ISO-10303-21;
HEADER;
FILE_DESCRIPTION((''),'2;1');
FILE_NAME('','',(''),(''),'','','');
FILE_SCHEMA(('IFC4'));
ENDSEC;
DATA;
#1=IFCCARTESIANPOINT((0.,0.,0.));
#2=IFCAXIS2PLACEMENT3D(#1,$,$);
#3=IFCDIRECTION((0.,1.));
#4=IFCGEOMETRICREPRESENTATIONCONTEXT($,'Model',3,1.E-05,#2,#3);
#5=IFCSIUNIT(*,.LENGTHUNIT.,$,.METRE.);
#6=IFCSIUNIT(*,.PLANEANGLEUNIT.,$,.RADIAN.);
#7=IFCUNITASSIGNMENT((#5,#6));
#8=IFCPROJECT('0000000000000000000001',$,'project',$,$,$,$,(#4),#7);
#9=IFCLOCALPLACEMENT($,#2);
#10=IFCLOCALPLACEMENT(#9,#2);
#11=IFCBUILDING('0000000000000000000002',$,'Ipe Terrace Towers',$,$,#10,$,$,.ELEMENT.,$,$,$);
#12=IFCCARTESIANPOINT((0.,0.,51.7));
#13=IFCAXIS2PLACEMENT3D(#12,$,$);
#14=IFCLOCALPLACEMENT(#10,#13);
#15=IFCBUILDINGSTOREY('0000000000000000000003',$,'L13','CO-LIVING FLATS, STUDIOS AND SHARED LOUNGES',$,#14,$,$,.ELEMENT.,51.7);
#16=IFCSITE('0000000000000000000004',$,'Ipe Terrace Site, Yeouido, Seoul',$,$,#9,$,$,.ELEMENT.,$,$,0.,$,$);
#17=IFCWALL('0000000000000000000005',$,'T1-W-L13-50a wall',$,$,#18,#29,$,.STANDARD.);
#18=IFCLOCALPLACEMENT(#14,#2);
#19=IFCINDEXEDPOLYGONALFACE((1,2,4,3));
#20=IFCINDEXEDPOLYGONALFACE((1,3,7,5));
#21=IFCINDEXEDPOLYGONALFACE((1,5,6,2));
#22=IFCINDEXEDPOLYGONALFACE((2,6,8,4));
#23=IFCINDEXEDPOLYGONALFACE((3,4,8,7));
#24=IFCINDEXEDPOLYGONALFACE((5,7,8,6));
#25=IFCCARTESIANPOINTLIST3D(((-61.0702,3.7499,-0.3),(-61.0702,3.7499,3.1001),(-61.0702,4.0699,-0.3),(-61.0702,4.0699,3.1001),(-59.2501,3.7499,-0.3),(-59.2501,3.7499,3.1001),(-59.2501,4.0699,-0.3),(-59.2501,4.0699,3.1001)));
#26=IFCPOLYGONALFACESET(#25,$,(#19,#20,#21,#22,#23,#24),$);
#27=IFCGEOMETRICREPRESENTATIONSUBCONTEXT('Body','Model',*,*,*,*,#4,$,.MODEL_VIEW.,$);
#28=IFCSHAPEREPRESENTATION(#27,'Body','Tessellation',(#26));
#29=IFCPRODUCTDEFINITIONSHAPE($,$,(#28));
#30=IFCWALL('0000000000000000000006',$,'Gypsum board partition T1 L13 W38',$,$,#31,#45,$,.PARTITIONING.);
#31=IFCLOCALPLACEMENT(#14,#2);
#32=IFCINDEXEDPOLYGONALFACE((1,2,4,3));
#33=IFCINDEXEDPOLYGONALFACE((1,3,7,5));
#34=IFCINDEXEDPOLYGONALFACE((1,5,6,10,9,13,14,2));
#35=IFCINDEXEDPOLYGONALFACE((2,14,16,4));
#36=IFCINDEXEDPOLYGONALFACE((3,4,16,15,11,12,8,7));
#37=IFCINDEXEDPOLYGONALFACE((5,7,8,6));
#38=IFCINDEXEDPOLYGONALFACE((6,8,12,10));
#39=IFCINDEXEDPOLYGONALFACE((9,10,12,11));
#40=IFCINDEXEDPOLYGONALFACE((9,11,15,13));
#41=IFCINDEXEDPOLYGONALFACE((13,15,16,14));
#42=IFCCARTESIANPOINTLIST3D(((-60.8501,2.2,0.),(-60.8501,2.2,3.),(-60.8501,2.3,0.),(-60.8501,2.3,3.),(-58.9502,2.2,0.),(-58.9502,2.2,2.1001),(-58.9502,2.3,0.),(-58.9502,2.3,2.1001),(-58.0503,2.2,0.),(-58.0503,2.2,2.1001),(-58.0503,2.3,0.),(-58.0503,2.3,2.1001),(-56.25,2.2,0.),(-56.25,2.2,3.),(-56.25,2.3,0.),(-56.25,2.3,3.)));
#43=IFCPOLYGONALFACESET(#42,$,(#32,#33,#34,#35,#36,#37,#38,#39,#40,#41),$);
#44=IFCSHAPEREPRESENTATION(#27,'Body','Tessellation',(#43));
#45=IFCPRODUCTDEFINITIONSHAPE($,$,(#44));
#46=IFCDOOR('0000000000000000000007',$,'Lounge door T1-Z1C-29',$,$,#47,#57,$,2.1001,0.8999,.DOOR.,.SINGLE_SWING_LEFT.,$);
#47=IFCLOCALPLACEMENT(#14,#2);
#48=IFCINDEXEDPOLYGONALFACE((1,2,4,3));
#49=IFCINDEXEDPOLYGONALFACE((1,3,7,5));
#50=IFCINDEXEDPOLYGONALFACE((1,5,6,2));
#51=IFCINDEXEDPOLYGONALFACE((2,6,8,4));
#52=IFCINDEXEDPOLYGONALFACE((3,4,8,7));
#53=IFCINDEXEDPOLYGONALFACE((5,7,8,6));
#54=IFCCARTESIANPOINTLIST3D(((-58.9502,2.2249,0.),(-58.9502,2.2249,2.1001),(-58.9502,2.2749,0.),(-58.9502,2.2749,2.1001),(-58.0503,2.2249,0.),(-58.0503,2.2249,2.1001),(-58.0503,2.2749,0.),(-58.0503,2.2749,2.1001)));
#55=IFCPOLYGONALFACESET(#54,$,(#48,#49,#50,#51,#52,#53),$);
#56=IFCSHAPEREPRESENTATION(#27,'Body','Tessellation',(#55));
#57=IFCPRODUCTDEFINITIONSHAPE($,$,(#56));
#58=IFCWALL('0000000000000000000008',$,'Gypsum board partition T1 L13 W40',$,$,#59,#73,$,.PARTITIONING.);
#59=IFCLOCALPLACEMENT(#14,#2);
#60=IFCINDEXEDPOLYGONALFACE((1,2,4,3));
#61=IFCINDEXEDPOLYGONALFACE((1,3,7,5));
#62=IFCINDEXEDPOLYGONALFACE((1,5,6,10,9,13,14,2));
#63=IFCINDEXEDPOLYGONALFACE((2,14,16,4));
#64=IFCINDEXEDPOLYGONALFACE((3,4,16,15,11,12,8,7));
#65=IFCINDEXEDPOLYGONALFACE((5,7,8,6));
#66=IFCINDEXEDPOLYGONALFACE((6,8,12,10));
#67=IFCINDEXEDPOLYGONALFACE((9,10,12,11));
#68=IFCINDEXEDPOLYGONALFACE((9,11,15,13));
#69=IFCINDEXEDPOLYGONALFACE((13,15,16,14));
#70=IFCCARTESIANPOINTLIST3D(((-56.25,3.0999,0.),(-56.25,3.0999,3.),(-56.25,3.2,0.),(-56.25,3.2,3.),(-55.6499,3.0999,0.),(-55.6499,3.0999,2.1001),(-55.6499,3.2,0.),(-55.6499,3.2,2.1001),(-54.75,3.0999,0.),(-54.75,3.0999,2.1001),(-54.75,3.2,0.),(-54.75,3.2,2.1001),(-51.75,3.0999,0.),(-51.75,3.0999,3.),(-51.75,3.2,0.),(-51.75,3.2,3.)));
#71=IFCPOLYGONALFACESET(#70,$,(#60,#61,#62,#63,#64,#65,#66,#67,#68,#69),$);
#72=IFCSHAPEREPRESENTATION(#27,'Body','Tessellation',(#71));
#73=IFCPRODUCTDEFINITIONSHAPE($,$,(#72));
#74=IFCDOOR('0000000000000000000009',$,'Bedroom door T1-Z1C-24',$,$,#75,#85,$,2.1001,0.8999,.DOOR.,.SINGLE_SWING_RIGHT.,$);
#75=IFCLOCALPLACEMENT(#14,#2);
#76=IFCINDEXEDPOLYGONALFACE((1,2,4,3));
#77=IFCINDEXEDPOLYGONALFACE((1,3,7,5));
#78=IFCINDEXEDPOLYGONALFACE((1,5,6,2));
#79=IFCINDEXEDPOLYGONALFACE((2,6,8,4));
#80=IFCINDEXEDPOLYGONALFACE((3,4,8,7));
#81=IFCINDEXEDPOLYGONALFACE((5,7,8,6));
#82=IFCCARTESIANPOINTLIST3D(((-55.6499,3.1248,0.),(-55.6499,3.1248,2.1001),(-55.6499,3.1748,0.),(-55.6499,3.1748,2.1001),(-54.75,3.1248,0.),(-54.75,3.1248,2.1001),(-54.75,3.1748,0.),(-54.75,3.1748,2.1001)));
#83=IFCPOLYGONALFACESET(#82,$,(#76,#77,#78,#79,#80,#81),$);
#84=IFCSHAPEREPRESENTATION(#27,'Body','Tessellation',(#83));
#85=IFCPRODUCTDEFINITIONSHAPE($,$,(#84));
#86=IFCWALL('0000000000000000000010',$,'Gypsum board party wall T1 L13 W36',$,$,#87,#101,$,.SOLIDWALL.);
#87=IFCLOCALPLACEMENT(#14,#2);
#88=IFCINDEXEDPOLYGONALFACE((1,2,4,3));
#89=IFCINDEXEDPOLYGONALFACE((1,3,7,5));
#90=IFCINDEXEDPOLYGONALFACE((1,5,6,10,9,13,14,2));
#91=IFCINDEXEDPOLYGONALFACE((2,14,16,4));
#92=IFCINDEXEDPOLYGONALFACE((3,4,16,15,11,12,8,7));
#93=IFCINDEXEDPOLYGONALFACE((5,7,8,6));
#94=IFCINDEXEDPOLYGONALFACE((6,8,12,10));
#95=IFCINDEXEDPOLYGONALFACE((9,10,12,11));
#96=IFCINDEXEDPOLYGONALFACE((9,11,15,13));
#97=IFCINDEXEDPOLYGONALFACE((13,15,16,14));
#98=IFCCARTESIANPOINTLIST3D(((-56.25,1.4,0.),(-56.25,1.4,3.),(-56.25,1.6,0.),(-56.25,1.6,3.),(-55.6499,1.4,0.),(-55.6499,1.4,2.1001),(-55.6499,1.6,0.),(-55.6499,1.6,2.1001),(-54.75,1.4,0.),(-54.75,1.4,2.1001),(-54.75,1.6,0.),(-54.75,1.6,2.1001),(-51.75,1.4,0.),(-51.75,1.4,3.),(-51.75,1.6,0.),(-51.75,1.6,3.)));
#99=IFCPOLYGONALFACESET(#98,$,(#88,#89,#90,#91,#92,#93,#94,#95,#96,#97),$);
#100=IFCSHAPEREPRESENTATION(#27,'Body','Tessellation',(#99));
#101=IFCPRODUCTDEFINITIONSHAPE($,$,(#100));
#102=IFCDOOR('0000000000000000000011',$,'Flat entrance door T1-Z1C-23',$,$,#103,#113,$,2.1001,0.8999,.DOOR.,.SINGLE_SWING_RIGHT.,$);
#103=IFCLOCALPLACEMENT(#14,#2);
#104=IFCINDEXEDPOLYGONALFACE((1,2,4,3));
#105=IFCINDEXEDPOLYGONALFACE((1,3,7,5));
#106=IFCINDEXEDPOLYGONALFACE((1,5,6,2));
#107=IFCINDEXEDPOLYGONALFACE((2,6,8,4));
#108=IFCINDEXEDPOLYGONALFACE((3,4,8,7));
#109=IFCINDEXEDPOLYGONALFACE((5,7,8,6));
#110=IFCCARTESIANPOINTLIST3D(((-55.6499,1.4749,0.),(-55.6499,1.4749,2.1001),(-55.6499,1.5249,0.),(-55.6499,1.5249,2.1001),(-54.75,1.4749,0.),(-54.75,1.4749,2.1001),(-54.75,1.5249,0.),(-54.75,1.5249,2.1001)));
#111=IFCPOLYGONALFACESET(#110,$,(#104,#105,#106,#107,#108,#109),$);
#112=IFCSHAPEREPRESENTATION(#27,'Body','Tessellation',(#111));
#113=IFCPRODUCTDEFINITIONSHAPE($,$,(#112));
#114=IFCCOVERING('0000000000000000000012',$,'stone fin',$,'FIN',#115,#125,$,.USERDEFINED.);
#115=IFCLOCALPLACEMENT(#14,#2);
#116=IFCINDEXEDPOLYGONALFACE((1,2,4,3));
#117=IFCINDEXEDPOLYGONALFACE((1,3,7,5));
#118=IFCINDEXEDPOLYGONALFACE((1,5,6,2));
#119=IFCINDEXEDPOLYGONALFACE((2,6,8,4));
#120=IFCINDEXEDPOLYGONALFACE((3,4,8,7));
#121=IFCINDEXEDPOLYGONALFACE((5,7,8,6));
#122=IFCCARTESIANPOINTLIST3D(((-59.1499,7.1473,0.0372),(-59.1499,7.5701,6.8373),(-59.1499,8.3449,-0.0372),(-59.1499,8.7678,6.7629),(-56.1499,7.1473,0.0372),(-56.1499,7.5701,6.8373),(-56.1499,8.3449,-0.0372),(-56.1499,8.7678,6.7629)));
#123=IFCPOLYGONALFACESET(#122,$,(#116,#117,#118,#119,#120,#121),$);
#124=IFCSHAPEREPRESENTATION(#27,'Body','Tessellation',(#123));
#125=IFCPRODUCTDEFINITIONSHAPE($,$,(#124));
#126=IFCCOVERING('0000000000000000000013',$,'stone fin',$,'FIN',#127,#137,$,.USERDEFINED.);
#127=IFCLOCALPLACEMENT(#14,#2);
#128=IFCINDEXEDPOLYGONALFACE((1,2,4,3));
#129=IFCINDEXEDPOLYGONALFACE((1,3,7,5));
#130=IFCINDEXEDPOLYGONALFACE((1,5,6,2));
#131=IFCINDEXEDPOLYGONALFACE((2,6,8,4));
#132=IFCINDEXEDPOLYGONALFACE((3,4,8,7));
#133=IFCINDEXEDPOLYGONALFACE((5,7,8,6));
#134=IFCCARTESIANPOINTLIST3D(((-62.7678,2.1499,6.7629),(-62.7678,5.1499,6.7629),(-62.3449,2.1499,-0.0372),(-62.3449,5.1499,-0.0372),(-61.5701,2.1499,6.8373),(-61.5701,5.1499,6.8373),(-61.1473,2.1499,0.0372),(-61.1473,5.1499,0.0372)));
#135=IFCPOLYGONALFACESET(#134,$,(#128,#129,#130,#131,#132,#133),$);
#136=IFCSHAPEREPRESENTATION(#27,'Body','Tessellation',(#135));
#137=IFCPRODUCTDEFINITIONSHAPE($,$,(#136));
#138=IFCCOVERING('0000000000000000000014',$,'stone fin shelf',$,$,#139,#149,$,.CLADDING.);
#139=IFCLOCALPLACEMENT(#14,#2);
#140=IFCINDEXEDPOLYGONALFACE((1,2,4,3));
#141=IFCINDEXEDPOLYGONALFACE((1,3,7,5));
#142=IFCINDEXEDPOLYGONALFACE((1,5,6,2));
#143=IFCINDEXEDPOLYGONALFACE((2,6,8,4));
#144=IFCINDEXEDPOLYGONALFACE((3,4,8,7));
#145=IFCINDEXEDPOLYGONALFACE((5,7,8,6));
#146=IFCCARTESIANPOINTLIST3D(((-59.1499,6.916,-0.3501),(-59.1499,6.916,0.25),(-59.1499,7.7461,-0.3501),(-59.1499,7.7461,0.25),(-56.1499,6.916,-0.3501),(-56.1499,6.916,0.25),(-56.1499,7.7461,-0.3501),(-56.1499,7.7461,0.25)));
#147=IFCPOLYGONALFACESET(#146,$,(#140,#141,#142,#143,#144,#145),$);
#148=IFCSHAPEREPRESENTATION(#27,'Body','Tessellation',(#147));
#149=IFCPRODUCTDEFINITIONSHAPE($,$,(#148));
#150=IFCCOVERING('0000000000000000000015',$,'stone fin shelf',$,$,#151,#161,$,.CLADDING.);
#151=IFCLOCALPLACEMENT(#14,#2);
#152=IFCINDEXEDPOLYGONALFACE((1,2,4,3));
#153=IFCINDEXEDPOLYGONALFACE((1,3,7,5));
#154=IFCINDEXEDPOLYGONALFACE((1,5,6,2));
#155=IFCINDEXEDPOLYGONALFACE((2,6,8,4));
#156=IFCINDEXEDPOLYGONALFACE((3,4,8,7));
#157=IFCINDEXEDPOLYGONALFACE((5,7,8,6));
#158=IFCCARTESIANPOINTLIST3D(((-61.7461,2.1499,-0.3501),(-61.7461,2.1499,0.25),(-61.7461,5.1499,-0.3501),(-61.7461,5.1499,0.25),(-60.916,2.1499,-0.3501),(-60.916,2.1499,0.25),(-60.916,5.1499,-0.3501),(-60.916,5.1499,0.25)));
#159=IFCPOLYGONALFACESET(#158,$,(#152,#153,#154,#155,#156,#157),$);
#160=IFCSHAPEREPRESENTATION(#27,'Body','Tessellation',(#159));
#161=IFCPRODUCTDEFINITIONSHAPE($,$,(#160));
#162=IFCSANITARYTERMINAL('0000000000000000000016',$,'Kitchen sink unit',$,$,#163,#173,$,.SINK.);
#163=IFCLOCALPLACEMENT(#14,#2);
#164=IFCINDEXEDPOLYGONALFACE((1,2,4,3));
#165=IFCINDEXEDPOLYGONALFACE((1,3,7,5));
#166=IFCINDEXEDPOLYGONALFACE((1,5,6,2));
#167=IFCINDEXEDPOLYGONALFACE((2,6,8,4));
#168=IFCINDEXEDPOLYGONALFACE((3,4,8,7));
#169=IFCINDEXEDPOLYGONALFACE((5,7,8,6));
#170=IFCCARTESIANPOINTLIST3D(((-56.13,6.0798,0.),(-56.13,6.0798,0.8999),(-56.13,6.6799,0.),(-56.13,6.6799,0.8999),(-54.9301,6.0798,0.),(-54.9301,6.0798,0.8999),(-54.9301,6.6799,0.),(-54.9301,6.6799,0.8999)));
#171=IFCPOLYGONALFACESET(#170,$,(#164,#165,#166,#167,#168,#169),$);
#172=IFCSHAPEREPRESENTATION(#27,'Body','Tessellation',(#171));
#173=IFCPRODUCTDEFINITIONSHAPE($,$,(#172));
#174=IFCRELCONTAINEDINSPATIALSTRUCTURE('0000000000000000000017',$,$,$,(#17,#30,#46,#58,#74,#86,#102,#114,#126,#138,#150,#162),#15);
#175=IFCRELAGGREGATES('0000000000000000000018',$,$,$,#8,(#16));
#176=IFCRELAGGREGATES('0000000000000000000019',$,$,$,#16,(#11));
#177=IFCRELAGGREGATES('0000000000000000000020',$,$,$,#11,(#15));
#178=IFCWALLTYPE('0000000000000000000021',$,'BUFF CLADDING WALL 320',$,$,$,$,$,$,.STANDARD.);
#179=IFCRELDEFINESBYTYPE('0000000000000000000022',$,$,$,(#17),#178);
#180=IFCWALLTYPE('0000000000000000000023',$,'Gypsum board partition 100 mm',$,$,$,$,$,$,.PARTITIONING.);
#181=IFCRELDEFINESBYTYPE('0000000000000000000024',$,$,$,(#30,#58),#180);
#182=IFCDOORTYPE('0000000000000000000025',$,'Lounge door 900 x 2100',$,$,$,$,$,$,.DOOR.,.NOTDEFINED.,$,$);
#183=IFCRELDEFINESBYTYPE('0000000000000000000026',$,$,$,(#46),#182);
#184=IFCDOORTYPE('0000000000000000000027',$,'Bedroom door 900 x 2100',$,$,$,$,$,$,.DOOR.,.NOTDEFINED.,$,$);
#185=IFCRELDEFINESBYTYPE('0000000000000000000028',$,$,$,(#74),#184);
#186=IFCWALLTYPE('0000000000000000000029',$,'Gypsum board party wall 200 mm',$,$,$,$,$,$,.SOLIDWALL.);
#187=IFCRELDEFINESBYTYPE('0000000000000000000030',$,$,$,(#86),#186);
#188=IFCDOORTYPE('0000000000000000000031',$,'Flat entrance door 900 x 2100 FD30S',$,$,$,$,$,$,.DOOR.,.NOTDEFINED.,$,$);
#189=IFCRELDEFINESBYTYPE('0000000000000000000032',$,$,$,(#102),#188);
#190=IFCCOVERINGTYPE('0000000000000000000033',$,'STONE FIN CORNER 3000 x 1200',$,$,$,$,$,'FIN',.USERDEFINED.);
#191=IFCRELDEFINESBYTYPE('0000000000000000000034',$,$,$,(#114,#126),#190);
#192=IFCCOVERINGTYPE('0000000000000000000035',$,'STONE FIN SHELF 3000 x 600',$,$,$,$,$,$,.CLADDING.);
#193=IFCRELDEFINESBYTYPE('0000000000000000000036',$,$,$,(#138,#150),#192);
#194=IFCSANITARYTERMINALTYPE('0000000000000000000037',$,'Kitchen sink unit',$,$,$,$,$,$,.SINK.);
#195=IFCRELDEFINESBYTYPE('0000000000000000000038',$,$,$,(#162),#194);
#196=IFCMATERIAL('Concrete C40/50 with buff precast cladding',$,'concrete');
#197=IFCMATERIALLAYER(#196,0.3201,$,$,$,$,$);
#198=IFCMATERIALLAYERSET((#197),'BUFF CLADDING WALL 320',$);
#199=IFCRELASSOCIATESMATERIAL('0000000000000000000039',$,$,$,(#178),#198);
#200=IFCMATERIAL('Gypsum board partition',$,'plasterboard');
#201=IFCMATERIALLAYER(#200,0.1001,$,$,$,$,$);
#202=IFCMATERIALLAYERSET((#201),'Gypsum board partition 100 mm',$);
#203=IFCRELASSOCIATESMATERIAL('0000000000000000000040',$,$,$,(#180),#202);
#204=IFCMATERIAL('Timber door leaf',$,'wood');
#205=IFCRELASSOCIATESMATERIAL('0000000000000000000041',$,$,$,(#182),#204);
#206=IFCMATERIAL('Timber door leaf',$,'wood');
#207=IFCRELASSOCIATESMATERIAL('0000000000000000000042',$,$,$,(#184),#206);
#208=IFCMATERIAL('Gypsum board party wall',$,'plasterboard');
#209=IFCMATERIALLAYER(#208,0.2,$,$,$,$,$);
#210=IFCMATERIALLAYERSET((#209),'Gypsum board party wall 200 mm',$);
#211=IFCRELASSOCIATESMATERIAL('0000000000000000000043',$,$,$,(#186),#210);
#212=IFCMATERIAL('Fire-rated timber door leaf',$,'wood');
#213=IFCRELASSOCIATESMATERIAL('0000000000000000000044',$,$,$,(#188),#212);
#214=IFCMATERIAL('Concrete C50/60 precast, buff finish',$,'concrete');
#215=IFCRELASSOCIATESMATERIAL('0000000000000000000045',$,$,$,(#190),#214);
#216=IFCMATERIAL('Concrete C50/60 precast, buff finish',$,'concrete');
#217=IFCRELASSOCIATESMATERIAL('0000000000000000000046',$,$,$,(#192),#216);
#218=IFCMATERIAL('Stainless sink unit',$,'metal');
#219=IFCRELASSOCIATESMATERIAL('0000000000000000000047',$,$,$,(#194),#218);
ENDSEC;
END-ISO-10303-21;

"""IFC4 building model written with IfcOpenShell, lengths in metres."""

from ifc_helpers import new_model, si_unit, direction, frame, frame_2d, origin, origin_2d, place, context, subcontext, project, spatial, rectangle, extrude, material, layer, layer_set, material_profile, profile_set, type_object, element, fill, save


model = new_model("IFC4")

# Units and contexts
model_context = context("Model", 3, precision=1e-05, world=origin(), true_north=direction((0.0, 1.0)))
body_context = subcontext(model_context, "Body", "Model", "MODEL_VIEW")
ifc_project = project(units=[si_unit("LENGTHUNIT", "METRE"), si_unit("PLANEANGLEUNIT", "RADIAN")], contexts=[model_context])

# Site, building, storey
site_placement = place(None, origin())
site = spatial("IfcSite", under=ifc_project, at=site_placement, Name="Ipe Terrace Site, Yeouido, Seoul", CompositionType="ELEMENT", RefElevation=0.0)
building_placement = place(site_placement, origin())
building = spatial("IfcBuilding", under=site, at=building_placement, Name="Ipe Terrace Towers", CompositionType="ELEMENT")
storey_placement = place(building_placement, frame((0.0, 0.0, 51.7)))
storey = spatial("IfcBuildingStorey", under=building, at=storey_placement, Name="L13", Description="CO-LIVING FLATS, STUDIOS AND SHARED LOUNGES", CompositionType="ELEMENT", Elevation=51.7)

# Wall
ifc_material_1 = material(Name="Concrete C40/50 with buff precast cladding", Category="concrete")
ifc_layer_1 = layer(ifc_material_1, 0.3201)
ifc_layer_set_1 = layer_set([ifc_layer_1], Name="BUFF CLADDING WALL 320")
wall_type_1 = type_object("IfcWallType", Name="BUFF CLADDING WALL 320", PredefinedType="STANDARD", material=ifc_layer_set_1)
wall_1_placement = place(storey_placement, frame((-59.25, 3.9099, -0.3), z_axis=(0.0, 0.0, 1.0), x_axis=(-1.0, 0.0, 0.0)))
element("IfcWall", 1, at=wall_1_placement, inside=storey, type_object=wall_type_1, Name="T1-W-L13-50a wall", PredefinedType="STANDARD", context=body_context, shape_type="SweptSolid", body=[
    extrude(rectangle(XDim=1.8201, YDim=0.3201, at=frame_2d((0.9102, 0.0))), origin(), (0.0, 0.0, 1.0), 3.4001),
])

# Walls, openings, doors
ifc_material_2 = material(Name="Gypsum board partition", Category="plasterboard")
ifc_layer_2 = layer(ifc_material_2, 0.1001)
ifc_layer_set_2 = layer_set([ifc_layer_2], Name="Gypsum board partition 100 mm")
wall_type_2 = type_object("IfcWallType", Name="Gypsum board partition 100 mm", PredefinedType="PARTITIONING", material=ifc_layer_set_2)
wall_2_placement = place(storey_placement, frame((-60.8501, 2.25, 0.0), z_axis=(0.0, 0.0, 1.0), x_axis=(1.0, 0.0, 0.0)))
wall_2 = element("IfcWall", 2, at=wall_2_placement, inside=storey, type_object=wall_type_2, Name="Gypsum board partition T1 L13 W38", PredefinedType="PARTITIONING", context=body_context, shape_type="SweptSolid", body=[
    extrude(rectangle(XDim=4.6001, YDim=0.1001, at=frame_2d((2.3, 0.0))), origin(), (0.0, 0.0, 1.0), 3.0),
])
opening_1_placement = place(wall_2_placement, frame((1.8999, 0.0, 0.0)))
opening_1 = element("IfcOpeningElement", 3, at=opening_1_placement, cuts=wall_2, PredefinedType="OPENING", context=body_context, shape_type="SweptSolid", body=[
    extrude(rectangle(XDim=0.8999, YDim=2.1001, at=frame_2d((0.45, 1.05))), frame((0.0, 0.0601, 0.0), z_axis=(0.0, -1.0, 0.0), x_axis=(1.0, 0.0, 0.0)), (0.0, 0.0, 1.0), 0.1201),
])
ifc_material_3 = material(Name="Timber door leaf", Category="wood")
door_type_1 = type_object("IfcDoorType", Name="Lounge door 900 x 2100", OperationType="NOTDEFINED", PredefinedType="DOOR", material=ifc_material_3)
door_1_placement = place(opening_1_placement, origin())
door_1 = element("IfcDoor", 4, at=door_1_placement, inside=storey, type_object=door_type_1, Name="Lounge door T1-Z1C-29", OperationType="SINGLE_SWING_LEFT", OverallHeight=2.1001, OverallWidth=0.8999, PredefinedType="DOOR", context=body_context, shape_type="SweptSolid", body=[
    extrude(rectangle(XDim=0.8999, YDim=2.1001, at=frame_2d((0.45, 1.05))), frame((0.0, 0.0249, 0.0), z_axis=(0.0, -1.0, 0.0), x_axis=(1.0, 0.0, 0.0)), (0.0, 0.0, 1.0), 0.05),
])
fill(opening_1, door_1)
wall_3_placement = place(storey_placement, frame((-56.25, 3.1499, 0.0), z_axis=(0.0, 0.0, 1.0), x_axis=(1.0, 0.0, 0.0)))
wall_3 = element("IfcWall", 5, at=wall_3_placement, inside=storey, type_object=wall_type_2, Name="Gypsum board partition T1 L13 W40", PredefinedType="PARTITIONING", context=body_context, shape_type="SweptSolid", body=[
    extrude(rectangle(XDim=4.5, YDim=0.1001, at=frame_2d((2.25, 0.0))), origin(), (0.0, 0.0, 1.0), 3.0),
])
opening_2_placement = place(wall_3_placement, frame((0.6001, 0.0, 0.0)))
opening_2 = element("IfcOpeningElement", 6, at=opening_2_placement, cuts=wall_3, PredefinedType="OPENING", context=body_context, shape_type="SweptSolid", body=[
    extrude(rectangle(XDim=0.8999, YDim=2.1001, at=frame_2d((0.45, 1.05))), frame((0.0, 0.0601, 0.0), z_axis=(0.0, -1.0, 0.0), x_axis=(1.0, 0.0, 0.0)), (0.0, 0.0, 1.0), 0.1201),
])
ifc_material_4 = material(Name="Timber door leaf", Category="wood")
door_type_2 = type_object("IfcDoorType", Name="Bedroom door 900 x 2100", OperationType="NOTDEFINED", PredefinedType="DOOR", material=ifc_material_4)
door_2_placement = place(opening_2_placement, origin())
door_2 = element("IfcDoor", 7, at=door_2_placement, inside=storey, type_object=door_type_2, Name="Bedroom door T1-Z1C-24", OperationType="SINGLE_SWING_RIGHT", OverallHeight=2.1001, OverallWidth=0.8999, PredefinedType="DOOR", context=body_context, shape_type="SweptSolid", body=[
    extrude(rectangle(XDim=0.8999, YDim=2.1001, at=frame_2d((0.45, 1.05))), frame((0.0, 0.0249, 0.0), z_axis=(0.0, -1.0, 0.0), x_axis=(1.0, 0.0, 0.0)), (0.0, 0.0, 1.0), 0.05),
])
fill(opening_2, door_2)
ifc_material_5 = material(Name="Gypsum board party wall", Category="plasterboard")
ifc_layer_3 = layer(ifc_material_5, 0.2)
ifc_layer_set_3 = layer_set([ifc_layer_3], Name="Gypsum board party wall 200 mm")
wall_type_3 = type_object("IfcWallType", Name="Gypsum board party wall 200 mm", PredefinedType="SOLIDWALL", material=ifc_layer_set_3)
wall_4_placement = place(storey_placement, frame((-56.25, 1.5, 0.0), z_axis=(0.0, 0.0, 1.0), x_axis=(1.0, 0.0, 0.0)))
wall_4 = element("IfcWall", 8, at=wall_4_placement, inside=storey, type_object=wall_type_3, Name="Gypsum board party wall T1 L13 W36", PredefinedType="SOLIDWALL", context=body_context, shape_type="SweptSolid", body=[
    extrude(rectangle(XDim=4.5, YDim=0.2, at=frame_2d((2.25, 0.0))), origin(), (0.0, 0.0, 1.0), 3.0),
])
opening_3_placement = place(wall_4_placement, frame((0.6001, 0.0, 0.0)))
opening_3 = element("IfcOpeningElement", 9, at=opening_3_placement, cuts=wall_4, PredefinedType="OPENING", context=body_context, shape_type="SweptSolid", body=[
    extrude(rectangle(XDim=0.8999, YDim=2.1001, at=frame_2d((0.45, 1.05))), frame((0.0, 0.1099, 0.0), z_axis=(0.0, -1.0, 0.0), x_axis=(1.0, 0.0, 0.0)), (0.0, 0.0, 1.0), 0.22),
])
ifc_material_6 = material(Name="Fire-rated timber door leaf", Category="wood")
door_type_3 = type_object("IfcDoorType", Name="Flat entrance door 900 x 2100 FD30S", OperationType="NOTDEFINED", PredefinedType="DOOR", material=ifc_material_6)
door_3_placement = place(opening_3_placement, origin())
door_3 = element("IfcDoor", 10, at=door_3_placement, inside=storey, type_object=door_type_3, Name="Flat entrance door T1-Z1C-23", OperationType="SINGLE_SWING_RIGHT", OverallHeight=2.1001, OverallWidth=0.8999, PredefinedType="DOOR", context=body_context, shape_type="SweptSolid", body=[
    extrude(rectangle(XDim=0.8999, YDim=2.1001, at=frame_2d((0.45, 1.05))), frame((0.0, 0.0249, 0.0), z_axis=(0.0, -1.0, 0.0), x_axis=(1.0, 0.0, 0.0)), (0.0, 0.0, 1.0), 0.05),
])
fill(opening_3, door_3)

# Coverings
ifc_material_7 = material(Name="Concrete C50/60 precast, buff finish", Category="concrete")
ifc_material_profile_1 = material_profile(ifc_material_7, rectangle(XDim=3.0, YDim=1.2, at=origin_2d()), Name="STONE FIN CORNER 3000 x 1200")
ifc_profile_set_1 = profile_set([ifc_material_profile_1], Name="Concrete C50/60 precast, buff finish")
covering_type_1 = type_object("IfcCoveringType", Name="STONE FIN CORNER 3000 x 1200", ElementType="FIN", PredefinedType="USERDEFINED", material=ifc_profile_set_1)
for number, where, z_axis, x_axis, name in (
    (11, (-57.6499, 7.7461, 0.0), (0.0, 0.062064, 0.998072), (-1.0, 0.0, 0.0), "stone fin"),
    (12, (-61.7461, 3.6499, 0.0), (-0.062064, 0.0, 0.998072), (0.0, -1.0, 0.0), "stone fin"),
):
    element("IfcCovering", number, at=place(storey_placement, frame(where, z_axis=z_axis, x_axis=x_axis)), inside=storey, type_object=covering_type_1, Name=name, ObjectType="FIN", PredefinedType="USERDEFINED", context=body_context, shape_type="SweptSolid", body=[
        extrude(rectangle(XDim=3.0, YDim=1.2, at=origin_2d()), origin(), (0.0, 0.0, 1.0), 6.8132),
    ])
ifc_material_8 = material(Name="Concrete C50/60 precast, buff finish", Category="concrete")
covering_type_2 = type_object("IfcCoveringType", Name="STONE FIN SHELF 3000 x 600", PredefinedType="CLADDING", material=ifc_material_8)
for number, where, z_axis, x_axis, name in (
    (13, (-57.6499, 7.3311, -0.3501), (0.0, 0.0, 1.0), (-1.0, 0.0, 0.0), "stone fin shelf"),
    (14, (-61.3311, 3.6499, -0.3501), (0.0, 0.0, 1.0), (0.0, -1.0, 0.0), "stone fin shelf"),
):
    element("IfcCovering", number, at=place(storey_placement, frame(where, z_axis=z_axis, x_axis=x_axis)), inside=storey, type_object=covering_type_2, Name=name, PredefinedType="CLADDING", context=body_context, shape_type="SweptSolid", body=[
        extrude(rectangle(XDim=3.0, YDim=0.8301, at=origin_2d()), origin(), (0.0, 0.0, 1.0), 0.6001),
    ])

# Sanitary terminal
ifc_material_9 = material(Name="Stainless sink unit", Category="metal")
sanitary_terminal_type = type_object("IfcSanitaryTerminalType", Name="Kitchen sink unit", PredefinedType="SINK", material=ifc_material_9)
sanitary_terminal_placement = place(storey_placement, frame((-55.53, 6.3799, 0.0), z_axis=(0.0, 0.0, 1.0), x_axis=(1.0, 0.0, 0.0)))
element("IfcSanitaryTerminal", 15, at=sanitary_terminal_placement, inside=storey, type_object=sanitary_terminal_type, Name="Kitchen sink unit", PredefinedType="SINK", context=body_context, shape_type="SweptSolid", body=[
    extrude(rectangle(XDim=1.2, YDim=0.6001, at=origin_2d()), origin(), (0.0, 0.0, 1.0), 0.8999),
])

save(model, "model.ifc")
